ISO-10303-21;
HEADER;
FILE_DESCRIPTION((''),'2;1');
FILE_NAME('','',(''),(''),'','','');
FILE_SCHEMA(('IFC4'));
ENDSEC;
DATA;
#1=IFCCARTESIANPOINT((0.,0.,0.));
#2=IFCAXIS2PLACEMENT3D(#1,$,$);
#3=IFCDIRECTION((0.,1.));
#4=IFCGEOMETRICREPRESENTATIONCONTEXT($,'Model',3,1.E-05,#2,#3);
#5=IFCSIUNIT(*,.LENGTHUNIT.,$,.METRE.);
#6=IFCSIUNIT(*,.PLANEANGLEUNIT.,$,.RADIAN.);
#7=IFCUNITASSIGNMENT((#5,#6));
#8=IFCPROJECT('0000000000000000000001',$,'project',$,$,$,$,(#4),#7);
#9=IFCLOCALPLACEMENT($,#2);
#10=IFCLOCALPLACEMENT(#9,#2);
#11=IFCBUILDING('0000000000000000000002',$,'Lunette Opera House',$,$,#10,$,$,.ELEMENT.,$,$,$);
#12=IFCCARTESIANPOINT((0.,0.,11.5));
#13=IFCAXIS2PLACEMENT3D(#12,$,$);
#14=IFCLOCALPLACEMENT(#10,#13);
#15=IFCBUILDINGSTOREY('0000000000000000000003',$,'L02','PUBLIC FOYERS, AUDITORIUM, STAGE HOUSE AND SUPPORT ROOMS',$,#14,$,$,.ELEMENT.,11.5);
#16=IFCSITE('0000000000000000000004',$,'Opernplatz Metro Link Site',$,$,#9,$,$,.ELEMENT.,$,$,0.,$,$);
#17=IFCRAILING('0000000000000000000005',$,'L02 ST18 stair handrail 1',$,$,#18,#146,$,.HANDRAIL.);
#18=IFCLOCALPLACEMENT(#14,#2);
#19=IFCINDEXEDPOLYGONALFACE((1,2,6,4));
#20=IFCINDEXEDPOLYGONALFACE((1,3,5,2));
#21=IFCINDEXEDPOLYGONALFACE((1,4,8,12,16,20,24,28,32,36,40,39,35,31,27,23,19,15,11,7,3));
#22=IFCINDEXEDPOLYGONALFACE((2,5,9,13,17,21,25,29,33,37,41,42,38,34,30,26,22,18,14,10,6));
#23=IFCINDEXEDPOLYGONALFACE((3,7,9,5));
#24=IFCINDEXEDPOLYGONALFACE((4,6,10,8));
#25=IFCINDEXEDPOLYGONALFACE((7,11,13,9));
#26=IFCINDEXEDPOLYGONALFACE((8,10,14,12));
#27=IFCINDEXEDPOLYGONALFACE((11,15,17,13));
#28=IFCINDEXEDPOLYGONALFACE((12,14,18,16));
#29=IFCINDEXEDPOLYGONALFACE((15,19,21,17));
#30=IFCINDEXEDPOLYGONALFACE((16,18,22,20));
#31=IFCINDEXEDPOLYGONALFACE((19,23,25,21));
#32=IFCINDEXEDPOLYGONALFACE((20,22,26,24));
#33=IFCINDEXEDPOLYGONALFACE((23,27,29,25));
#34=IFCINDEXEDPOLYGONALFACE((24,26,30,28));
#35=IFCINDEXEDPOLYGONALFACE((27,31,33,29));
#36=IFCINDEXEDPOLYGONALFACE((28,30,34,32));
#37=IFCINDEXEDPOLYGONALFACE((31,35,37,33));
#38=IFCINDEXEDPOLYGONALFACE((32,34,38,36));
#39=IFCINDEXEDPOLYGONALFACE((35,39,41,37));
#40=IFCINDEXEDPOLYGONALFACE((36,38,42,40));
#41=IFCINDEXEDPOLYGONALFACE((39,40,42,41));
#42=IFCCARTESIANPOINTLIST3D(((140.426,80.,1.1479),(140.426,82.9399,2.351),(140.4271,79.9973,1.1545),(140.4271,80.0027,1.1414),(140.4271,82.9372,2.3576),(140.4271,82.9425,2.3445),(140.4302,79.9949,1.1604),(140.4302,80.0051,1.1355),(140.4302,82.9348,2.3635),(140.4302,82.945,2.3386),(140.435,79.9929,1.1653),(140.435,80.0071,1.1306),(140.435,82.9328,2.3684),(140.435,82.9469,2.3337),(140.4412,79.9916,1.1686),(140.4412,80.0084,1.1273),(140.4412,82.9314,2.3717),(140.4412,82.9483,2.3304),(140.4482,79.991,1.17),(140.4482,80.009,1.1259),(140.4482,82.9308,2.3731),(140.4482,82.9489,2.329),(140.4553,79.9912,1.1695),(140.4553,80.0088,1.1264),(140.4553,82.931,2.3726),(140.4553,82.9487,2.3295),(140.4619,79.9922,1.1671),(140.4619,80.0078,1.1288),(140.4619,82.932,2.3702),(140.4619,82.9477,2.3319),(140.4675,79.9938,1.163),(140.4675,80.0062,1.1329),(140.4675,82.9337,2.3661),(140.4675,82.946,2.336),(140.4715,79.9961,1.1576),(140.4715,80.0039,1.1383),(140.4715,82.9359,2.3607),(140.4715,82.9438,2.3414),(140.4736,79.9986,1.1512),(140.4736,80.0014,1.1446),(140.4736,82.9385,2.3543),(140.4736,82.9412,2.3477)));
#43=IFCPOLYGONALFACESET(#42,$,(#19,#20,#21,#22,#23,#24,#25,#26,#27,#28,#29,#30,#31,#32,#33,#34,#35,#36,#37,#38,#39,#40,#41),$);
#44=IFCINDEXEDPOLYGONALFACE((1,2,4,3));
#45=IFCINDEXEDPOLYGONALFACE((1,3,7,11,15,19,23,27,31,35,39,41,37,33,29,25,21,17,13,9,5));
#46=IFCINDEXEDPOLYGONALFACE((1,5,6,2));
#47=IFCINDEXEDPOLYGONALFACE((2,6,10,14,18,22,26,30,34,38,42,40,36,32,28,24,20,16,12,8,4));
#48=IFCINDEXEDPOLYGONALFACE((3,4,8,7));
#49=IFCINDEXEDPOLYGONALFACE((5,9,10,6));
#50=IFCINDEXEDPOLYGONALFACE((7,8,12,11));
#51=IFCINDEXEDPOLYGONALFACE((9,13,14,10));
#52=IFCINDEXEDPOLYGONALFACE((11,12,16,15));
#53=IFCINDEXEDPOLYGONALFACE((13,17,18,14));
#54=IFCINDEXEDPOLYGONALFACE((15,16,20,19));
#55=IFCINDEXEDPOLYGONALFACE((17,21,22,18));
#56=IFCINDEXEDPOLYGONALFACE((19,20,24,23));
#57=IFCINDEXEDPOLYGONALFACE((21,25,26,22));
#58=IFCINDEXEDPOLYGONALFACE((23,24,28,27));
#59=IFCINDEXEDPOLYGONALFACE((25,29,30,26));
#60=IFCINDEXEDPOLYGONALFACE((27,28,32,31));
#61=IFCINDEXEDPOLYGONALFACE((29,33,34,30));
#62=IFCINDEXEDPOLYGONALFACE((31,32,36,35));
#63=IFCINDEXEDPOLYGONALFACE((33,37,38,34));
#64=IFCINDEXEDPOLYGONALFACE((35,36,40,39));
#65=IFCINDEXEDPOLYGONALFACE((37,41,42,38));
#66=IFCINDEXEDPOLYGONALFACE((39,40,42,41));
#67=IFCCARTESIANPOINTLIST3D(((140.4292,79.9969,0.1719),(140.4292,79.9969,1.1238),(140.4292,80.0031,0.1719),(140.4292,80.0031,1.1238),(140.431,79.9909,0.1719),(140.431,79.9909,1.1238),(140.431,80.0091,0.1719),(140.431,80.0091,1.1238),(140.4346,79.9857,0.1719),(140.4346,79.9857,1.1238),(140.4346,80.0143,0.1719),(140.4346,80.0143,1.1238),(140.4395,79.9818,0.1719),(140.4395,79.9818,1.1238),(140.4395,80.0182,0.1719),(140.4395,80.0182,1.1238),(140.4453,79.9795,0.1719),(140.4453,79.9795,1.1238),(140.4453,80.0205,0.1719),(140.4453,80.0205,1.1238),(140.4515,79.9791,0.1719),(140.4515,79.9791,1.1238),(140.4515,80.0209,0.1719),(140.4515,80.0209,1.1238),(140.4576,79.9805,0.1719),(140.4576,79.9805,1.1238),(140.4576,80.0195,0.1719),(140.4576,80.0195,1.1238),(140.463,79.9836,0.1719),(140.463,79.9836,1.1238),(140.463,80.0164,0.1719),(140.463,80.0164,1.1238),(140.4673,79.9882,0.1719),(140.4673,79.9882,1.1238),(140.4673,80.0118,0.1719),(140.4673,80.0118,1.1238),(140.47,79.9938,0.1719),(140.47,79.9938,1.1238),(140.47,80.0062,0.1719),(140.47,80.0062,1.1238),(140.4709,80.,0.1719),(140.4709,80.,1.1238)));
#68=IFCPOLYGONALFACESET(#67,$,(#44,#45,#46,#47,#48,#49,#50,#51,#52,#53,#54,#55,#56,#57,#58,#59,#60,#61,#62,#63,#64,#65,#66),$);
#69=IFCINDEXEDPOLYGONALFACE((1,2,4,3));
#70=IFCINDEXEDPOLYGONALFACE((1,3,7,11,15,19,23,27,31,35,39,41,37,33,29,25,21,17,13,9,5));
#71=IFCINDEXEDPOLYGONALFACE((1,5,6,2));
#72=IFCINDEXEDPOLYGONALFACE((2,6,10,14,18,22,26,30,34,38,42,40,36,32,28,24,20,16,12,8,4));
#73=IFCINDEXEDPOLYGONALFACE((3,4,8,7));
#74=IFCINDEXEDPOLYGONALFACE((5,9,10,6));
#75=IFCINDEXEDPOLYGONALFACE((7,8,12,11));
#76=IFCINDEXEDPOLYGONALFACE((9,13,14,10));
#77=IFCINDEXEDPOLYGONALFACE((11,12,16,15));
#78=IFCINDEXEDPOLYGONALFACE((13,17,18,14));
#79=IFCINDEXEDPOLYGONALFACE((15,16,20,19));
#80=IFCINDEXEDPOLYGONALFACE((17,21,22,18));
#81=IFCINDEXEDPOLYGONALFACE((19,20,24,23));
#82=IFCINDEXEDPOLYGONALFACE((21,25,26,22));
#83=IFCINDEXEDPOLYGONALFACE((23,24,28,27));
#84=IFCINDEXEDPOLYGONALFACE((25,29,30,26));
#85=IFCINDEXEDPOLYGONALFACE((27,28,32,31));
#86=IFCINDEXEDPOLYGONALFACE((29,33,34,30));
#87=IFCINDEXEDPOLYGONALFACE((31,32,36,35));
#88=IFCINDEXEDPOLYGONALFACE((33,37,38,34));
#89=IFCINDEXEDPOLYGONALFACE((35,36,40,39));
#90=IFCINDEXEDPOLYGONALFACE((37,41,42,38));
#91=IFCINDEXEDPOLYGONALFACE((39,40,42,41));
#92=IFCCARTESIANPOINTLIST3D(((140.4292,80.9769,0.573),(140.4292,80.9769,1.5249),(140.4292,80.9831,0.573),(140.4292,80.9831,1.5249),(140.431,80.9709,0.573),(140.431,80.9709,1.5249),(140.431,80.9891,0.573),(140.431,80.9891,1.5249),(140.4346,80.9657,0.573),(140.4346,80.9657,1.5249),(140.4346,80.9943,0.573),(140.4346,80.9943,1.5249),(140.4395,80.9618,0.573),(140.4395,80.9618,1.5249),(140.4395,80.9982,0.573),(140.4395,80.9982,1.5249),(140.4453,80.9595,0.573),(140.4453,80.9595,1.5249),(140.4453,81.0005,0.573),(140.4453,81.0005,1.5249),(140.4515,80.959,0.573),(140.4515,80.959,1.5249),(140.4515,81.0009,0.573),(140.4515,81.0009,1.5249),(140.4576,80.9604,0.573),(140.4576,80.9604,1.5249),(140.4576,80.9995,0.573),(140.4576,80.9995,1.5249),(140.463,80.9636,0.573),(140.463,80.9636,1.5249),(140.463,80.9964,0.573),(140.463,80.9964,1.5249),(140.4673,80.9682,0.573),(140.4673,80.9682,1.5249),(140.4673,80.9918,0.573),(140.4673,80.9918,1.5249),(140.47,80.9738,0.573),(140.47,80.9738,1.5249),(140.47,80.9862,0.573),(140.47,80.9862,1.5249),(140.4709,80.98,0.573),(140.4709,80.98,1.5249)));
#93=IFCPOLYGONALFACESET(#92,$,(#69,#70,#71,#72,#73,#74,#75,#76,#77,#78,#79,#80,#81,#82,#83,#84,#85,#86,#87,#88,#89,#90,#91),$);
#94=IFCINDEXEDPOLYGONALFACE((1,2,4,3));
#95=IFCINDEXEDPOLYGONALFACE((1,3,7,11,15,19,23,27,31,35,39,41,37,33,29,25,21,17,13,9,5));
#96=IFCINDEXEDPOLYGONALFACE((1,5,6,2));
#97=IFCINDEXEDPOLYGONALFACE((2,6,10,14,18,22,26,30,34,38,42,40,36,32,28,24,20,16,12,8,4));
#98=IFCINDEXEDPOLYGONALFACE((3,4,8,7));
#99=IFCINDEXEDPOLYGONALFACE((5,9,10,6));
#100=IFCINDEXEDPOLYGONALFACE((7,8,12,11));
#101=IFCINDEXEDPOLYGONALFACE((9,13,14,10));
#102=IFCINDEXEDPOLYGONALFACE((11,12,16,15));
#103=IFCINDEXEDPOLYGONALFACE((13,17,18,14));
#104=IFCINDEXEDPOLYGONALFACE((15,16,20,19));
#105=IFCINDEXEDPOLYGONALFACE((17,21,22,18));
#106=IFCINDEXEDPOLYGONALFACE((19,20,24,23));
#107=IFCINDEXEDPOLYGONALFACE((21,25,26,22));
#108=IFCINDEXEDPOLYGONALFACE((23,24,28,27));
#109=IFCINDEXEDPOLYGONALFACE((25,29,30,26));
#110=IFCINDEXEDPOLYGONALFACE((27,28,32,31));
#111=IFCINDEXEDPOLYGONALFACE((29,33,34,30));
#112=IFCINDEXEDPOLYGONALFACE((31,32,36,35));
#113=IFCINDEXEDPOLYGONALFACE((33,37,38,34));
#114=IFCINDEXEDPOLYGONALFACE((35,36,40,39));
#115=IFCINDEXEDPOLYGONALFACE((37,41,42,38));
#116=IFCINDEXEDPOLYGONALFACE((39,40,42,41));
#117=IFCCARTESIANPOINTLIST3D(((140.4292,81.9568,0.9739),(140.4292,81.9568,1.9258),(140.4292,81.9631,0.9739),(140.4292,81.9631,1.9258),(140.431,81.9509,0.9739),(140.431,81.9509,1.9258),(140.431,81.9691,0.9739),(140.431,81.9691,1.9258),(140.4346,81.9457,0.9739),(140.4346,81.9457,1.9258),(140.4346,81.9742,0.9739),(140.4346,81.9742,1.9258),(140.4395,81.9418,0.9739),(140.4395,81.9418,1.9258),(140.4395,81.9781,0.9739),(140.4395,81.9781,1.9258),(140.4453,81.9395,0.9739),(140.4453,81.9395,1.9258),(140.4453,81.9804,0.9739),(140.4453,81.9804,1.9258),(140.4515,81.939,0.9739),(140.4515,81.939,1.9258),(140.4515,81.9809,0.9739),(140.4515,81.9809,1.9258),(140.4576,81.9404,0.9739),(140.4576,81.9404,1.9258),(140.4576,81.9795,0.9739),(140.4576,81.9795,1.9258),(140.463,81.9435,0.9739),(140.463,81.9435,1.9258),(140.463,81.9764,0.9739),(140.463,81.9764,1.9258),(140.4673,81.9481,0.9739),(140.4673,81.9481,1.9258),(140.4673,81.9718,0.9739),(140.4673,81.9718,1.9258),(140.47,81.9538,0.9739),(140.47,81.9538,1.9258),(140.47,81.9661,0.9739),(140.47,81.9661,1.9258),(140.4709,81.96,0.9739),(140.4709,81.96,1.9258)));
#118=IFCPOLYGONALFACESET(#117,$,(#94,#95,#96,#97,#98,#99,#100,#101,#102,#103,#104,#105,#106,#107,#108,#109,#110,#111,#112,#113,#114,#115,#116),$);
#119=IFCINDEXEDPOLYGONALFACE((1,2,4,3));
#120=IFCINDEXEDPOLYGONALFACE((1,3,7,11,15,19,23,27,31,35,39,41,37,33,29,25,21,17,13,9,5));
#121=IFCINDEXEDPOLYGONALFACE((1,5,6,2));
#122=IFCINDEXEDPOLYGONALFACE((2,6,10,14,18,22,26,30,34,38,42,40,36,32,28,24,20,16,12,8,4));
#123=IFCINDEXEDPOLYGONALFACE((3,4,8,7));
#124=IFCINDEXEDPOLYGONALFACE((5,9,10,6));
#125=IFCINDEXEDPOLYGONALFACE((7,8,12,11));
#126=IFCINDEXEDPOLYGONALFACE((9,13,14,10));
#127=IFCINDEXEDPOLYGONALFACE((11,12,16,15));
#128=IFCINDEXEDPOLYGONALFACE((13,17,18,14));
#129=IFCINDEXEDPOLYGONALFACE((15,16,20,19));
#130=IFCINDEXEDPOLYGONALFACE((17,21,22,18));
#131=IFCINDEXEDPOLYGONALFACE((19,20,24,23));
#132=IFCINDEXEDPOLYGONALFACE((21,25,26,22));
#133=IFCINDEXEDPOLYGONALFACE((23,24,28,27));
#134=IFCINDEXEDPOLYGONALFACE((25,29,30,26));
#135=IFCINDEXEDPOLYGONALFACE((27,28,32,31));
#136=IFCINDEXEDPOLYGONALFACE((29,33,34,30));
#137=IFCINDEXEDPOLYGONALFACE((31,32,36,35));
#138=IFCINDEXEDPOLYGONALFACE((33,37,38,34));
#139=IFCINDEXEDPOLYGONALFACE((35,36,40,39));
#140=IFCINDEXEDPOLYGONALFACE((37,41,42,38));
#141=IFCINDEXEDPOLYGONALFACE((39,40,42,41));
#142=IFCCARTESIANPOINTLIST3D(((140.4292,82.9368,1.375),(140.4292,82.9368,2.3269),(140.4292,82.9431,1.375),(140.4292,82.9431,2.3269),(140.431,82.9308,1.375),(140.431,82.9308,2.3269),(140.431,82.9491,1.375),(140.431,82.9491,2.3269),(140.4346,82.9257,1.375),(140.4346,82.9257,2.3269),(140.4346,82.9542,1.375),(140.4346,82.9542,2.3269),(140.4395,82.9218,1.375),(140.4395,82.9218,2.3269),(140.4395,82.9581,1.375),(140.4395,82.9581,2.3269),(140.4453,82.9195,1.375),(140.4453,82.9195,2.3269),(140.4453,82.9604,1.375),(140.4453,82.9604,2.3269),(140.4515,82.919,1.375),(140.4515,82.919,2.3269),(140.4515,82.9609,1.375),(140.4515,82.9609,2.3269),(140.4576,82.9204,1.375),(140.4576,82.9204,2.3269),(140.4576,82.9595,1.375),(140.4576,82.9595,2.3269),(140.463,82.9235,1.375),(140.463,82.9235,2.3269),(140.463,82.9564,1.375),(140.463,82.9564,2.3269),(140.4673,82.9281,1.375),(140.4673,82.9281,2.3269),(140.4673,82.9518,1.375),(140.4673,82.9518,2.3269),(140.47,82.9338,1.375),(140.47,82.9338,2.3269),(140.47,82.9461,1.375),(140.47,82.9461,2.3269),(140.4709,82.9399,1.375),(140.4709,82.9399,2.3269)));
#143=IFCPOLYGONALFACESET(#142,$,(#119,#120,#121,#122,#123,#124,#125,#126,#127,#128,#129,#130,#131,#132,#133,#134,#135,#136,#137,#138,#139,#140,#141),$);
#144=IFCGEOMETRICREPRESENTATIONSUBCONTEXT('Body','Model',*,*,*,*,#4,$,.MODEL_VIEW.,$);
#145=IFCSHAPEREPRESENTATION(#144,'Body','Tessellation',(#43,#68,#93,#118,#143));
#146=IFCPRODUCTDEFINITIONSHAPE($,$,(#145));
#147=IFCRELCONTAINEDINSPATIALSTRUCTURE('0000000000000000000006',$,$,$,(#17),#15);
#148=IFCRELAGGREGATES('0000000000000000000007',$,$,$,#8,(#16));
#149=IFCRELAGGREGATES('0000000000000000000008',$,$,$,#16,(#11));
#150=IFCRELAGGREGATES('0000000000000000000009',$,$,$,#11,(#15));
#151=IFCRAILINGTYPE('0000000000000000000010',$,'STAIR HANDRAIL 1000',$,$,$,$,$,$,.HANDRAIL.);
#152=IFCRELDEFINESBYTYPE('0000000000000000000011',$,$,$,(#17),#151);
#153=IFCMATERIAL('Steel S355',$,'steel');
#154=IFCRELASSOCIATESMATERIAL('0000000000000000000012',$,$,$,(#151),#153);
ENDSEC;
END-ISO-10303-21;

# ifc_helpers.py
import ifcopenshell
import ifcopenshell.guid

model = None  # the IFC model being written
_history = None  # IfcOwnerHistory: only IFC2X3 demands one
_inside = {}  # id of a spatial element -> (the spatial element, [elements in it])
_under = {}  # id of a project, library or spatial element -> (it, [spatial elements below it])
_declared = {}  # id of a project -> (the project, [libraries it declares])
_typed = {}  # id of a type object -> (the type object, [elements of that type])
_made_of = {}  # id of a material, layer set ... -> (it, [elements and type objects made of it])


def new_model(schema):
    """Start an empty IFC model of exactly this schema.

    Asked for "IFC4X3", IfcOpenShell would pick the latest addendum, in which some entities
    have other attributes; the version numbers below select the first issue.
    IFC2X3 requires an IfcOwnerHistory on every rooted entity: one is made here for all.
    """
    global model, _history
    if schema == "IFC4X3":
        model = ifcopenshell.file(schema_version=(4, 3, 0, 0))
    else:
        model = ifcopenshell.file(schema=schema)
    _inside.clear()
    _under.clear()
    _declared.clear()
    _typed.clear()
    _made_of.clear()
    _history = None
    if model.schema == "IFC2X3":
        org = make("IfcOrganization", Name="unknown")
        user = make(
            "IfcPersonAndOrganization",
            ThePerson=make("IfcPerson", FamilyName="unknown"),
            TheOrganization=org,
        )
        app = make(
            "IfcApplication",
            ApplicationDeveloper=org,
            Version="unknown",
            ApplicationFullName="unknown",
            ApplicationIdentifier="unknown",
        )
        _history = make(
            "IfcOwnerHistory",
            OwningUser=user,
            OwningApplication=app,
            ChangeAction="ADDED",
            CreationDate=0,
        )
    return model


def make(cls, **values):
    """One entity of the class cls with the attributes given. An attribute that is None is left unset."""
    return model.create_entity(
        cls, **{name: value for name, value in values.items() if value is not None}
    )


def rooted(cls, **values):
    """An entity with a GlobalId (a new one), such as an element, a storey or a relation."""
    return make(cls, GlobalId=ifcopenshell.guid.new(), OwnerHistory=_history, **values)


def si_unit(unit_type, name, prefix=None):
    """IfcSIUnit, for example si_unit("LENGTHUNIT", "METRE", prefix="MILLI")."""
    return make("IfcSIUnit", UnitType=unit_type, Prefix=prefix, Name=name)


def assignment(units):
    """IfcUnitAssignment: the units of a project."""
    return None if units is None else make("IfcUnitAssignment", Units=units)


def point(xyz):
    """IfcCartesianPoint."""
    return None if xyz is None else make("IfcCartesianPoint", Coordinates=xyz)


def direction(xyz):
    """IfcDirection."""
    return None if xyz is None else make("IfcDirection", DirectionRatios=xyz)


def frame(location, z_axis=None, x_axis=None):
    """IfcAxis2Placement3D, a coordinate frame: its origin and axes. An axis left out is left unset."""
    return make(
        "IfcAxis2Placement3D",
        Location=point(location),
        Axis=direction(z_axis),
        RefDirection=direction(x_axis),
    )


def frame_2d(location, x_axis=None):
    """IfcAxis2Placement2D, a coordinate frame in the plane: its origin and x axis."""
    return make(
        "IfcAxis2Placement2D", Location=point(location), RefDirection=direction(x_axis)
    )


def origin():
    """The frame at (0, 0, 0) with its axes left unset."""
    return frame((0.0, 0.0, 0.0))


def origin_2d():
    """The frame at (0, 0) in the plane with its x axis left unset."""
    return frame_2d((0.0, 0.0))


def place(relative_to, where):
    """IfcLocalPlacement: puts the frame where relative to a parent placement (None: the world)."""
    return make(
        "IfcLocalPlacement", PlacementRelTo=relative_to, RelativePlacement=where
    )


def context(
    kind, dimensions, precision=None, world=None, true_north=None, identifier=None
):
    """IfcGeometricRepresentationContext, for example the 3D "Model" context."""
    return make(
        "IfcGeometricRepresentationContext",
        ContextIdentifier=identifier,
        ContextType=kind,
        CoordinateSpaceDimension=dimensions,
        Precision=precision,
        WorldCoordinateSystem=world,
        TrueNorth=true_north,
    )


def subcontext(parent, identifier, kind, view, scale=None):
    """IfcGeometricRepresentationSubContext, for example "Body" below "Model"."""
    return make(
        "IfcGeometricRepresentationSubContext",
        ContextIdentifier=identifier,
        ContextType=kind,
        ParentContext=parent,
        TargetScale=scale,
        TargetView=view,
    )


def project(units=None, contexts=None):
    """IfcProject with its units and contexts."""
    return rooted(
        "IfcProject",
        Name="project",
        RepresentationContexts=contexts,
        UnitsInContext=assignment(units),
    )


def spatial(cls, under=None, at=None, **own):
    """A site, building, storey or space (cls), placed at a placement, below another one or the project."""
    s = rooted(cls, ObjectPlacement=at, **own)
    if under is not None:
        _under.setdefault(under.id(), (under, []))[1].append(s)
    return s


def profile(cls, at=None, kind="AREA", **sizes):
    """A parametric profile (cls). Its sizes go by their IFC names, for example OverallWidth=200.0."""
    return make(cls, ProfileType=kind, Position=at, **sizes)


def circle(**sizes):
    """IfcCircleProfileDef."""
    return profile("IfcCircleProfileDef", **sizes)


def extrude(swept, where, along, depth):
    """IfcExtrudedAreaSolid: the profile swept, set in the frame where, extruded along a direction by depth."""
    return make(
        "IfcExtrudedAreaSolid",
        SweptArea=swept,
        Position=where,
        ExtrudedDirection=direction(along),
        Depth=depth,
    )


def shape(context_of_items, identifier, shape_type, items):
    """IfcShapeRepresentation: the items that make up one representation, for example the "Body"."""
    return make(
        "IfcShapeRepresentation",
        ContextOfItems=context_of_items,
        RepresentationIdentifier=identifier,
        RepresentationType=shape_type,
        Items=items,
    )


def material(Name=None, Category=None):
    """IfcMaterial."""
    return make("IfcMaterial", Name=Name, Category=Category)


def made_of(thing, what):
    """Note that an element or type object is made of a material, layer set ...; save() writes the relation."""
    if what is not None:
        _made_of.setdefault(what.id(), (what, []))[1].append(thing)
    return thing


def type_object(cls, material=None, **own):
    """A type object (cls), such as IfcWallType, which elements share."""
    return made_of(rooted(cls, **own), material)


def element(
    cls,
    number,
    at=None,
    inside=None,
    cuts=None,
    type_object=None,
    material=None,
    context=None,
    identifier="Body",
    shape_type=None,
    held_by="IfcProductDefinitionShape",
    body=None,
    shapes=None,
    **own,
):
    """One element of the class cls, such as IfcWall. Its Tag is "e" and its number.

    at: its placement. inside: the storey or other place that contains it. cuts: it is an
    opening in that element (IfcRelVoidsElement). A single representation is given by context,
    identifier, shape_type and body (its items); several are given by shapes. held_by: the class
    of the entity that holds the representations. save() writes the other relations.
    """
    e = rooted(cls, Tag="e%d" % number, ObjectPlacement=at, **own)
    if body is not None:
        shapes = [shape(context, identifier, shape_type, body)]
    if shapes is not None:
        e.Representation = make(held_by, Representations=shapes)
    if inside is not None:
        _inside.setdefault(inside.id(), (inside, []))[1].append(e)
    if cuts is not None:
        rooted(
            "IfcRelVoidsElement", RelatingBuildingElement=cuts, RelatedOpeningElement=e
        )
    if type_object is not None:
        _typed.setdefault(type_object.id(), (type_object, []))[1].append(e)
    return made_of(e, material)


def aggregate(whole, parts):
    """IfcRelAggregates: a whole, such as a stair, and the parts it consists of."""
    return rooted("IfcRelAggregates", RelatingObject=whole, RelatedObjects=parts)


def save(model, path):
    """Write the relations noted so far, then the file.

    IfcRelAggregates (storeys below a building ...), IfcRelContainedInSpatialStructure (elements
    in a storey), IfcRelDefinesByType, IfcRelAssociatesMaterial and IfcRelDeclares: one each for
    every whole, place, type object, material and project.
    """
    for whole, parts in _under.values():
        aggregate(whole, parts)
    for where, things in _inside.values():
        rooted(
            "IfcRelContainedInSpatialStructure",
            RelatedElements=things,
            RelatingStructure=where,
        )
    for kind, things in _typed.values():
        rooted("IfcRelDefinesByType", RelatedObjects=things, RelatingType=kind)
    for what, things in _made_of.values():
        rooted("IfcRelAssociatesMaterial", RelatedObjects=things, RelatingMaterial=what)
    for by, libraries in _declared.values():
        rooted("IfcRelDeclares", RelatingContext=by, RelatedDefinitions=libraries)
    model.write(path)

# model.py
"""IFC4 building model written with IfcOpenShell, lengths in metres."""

from ifc_helpers import new_model, si_unit, direction, frame, origin, origin_2d, place, context, subcontext, project, spatial, circle, extrude, material, type_object, element, save


model = new_model("IFC4")

# Units and contexts
model_context = context("Model", 3, precision=1e-05, world=origin(), true_north=direction((0.0, 1.0)))
body_context = subcontext(model_context, "Body", "Model", "MODEL_VIEW")
ifc_project = project(units=[si_unit("LENGTHUNIT", "METRE"), si_unit("PLANEANGLEUNIT", "RADIAN")], contexts=[model_context])

# Site, building, storey
site_placement = place(None, origin())
site = spatial("IfcSite", under=ifc_project, at=site_placement, Name="Opernplatz Metro Link Site", CompositionType="ELEMENT", RefElevation=0.0)
building_placement = place(site_placement, origin())
building = spatial("IfcBuilding", under=site, at=building_placement, Name="Lunette Opera House", CompositionType="ELEMENT")
storey_placement = place(building_placement, frame((0.0, 0.0, 11.5)))
storey = spatial("IfcBuildingStorey", under=building, at=storey_placement, Name="L02", Description="PUBLIC FOYERS, AUDITORIUM, STAGE HOUSE AND SUPPORT ROOMS", CompositionType="ELEMENT", Elevation=11.5)

# Railing
ifc_material_1 = material(Name="Steel S355", Category="steel")
railing_type_1 = type_object("IfcRailingType", Name="STAIR HANDRAIL 1000", PredefinedType="HANDRAIL", material=ifc_material_1)
railing_1_placement = place(storey_placement, frame((140.45, 80.0, 0.1719)))
element("IfcRailing", 1, at=railing_1_placement, inside=storey, type_object=railing_type_1, Name="L02 ST18 stair handrail 1", PredefinedType="HANDRAIL", context=body_context, shape_type="SweptSolid", body=[
    extrude(circle(Radius=0.0239, at=origin_2d()), frame((0.0, 0.0, 0.9761), z_axis=(0.0, 0.9255, 0.378747), x_axis=(-1.0, 0.0, 0.0)), (0.0, 0.0, 1.0), 3.1765),
    extrude(circle(Radius=0.021, at=origin_2d()), origin(), (0.0, 0.0, 1.0), 0.9519),
    extrude(circle(Radius=0.021, at=origin_2d()), frame((0.0, 0.98, 0.4011)), (0.0, 0.0, 1.0), 0.9519),
    extrude(circle(Radius=0.021, at=origin_2d()), frame((0.0, 1.96, 0.802)), (0.0, 0.0, 1.0), 0.9519),
    extrude(circle(Radius=0.021, at=origin_2d()), frame((0.0, 2.9399, 1.2031)), (0.0, 0.0, 1.0), 0.9519),
])

save(model, "model.ifc")
